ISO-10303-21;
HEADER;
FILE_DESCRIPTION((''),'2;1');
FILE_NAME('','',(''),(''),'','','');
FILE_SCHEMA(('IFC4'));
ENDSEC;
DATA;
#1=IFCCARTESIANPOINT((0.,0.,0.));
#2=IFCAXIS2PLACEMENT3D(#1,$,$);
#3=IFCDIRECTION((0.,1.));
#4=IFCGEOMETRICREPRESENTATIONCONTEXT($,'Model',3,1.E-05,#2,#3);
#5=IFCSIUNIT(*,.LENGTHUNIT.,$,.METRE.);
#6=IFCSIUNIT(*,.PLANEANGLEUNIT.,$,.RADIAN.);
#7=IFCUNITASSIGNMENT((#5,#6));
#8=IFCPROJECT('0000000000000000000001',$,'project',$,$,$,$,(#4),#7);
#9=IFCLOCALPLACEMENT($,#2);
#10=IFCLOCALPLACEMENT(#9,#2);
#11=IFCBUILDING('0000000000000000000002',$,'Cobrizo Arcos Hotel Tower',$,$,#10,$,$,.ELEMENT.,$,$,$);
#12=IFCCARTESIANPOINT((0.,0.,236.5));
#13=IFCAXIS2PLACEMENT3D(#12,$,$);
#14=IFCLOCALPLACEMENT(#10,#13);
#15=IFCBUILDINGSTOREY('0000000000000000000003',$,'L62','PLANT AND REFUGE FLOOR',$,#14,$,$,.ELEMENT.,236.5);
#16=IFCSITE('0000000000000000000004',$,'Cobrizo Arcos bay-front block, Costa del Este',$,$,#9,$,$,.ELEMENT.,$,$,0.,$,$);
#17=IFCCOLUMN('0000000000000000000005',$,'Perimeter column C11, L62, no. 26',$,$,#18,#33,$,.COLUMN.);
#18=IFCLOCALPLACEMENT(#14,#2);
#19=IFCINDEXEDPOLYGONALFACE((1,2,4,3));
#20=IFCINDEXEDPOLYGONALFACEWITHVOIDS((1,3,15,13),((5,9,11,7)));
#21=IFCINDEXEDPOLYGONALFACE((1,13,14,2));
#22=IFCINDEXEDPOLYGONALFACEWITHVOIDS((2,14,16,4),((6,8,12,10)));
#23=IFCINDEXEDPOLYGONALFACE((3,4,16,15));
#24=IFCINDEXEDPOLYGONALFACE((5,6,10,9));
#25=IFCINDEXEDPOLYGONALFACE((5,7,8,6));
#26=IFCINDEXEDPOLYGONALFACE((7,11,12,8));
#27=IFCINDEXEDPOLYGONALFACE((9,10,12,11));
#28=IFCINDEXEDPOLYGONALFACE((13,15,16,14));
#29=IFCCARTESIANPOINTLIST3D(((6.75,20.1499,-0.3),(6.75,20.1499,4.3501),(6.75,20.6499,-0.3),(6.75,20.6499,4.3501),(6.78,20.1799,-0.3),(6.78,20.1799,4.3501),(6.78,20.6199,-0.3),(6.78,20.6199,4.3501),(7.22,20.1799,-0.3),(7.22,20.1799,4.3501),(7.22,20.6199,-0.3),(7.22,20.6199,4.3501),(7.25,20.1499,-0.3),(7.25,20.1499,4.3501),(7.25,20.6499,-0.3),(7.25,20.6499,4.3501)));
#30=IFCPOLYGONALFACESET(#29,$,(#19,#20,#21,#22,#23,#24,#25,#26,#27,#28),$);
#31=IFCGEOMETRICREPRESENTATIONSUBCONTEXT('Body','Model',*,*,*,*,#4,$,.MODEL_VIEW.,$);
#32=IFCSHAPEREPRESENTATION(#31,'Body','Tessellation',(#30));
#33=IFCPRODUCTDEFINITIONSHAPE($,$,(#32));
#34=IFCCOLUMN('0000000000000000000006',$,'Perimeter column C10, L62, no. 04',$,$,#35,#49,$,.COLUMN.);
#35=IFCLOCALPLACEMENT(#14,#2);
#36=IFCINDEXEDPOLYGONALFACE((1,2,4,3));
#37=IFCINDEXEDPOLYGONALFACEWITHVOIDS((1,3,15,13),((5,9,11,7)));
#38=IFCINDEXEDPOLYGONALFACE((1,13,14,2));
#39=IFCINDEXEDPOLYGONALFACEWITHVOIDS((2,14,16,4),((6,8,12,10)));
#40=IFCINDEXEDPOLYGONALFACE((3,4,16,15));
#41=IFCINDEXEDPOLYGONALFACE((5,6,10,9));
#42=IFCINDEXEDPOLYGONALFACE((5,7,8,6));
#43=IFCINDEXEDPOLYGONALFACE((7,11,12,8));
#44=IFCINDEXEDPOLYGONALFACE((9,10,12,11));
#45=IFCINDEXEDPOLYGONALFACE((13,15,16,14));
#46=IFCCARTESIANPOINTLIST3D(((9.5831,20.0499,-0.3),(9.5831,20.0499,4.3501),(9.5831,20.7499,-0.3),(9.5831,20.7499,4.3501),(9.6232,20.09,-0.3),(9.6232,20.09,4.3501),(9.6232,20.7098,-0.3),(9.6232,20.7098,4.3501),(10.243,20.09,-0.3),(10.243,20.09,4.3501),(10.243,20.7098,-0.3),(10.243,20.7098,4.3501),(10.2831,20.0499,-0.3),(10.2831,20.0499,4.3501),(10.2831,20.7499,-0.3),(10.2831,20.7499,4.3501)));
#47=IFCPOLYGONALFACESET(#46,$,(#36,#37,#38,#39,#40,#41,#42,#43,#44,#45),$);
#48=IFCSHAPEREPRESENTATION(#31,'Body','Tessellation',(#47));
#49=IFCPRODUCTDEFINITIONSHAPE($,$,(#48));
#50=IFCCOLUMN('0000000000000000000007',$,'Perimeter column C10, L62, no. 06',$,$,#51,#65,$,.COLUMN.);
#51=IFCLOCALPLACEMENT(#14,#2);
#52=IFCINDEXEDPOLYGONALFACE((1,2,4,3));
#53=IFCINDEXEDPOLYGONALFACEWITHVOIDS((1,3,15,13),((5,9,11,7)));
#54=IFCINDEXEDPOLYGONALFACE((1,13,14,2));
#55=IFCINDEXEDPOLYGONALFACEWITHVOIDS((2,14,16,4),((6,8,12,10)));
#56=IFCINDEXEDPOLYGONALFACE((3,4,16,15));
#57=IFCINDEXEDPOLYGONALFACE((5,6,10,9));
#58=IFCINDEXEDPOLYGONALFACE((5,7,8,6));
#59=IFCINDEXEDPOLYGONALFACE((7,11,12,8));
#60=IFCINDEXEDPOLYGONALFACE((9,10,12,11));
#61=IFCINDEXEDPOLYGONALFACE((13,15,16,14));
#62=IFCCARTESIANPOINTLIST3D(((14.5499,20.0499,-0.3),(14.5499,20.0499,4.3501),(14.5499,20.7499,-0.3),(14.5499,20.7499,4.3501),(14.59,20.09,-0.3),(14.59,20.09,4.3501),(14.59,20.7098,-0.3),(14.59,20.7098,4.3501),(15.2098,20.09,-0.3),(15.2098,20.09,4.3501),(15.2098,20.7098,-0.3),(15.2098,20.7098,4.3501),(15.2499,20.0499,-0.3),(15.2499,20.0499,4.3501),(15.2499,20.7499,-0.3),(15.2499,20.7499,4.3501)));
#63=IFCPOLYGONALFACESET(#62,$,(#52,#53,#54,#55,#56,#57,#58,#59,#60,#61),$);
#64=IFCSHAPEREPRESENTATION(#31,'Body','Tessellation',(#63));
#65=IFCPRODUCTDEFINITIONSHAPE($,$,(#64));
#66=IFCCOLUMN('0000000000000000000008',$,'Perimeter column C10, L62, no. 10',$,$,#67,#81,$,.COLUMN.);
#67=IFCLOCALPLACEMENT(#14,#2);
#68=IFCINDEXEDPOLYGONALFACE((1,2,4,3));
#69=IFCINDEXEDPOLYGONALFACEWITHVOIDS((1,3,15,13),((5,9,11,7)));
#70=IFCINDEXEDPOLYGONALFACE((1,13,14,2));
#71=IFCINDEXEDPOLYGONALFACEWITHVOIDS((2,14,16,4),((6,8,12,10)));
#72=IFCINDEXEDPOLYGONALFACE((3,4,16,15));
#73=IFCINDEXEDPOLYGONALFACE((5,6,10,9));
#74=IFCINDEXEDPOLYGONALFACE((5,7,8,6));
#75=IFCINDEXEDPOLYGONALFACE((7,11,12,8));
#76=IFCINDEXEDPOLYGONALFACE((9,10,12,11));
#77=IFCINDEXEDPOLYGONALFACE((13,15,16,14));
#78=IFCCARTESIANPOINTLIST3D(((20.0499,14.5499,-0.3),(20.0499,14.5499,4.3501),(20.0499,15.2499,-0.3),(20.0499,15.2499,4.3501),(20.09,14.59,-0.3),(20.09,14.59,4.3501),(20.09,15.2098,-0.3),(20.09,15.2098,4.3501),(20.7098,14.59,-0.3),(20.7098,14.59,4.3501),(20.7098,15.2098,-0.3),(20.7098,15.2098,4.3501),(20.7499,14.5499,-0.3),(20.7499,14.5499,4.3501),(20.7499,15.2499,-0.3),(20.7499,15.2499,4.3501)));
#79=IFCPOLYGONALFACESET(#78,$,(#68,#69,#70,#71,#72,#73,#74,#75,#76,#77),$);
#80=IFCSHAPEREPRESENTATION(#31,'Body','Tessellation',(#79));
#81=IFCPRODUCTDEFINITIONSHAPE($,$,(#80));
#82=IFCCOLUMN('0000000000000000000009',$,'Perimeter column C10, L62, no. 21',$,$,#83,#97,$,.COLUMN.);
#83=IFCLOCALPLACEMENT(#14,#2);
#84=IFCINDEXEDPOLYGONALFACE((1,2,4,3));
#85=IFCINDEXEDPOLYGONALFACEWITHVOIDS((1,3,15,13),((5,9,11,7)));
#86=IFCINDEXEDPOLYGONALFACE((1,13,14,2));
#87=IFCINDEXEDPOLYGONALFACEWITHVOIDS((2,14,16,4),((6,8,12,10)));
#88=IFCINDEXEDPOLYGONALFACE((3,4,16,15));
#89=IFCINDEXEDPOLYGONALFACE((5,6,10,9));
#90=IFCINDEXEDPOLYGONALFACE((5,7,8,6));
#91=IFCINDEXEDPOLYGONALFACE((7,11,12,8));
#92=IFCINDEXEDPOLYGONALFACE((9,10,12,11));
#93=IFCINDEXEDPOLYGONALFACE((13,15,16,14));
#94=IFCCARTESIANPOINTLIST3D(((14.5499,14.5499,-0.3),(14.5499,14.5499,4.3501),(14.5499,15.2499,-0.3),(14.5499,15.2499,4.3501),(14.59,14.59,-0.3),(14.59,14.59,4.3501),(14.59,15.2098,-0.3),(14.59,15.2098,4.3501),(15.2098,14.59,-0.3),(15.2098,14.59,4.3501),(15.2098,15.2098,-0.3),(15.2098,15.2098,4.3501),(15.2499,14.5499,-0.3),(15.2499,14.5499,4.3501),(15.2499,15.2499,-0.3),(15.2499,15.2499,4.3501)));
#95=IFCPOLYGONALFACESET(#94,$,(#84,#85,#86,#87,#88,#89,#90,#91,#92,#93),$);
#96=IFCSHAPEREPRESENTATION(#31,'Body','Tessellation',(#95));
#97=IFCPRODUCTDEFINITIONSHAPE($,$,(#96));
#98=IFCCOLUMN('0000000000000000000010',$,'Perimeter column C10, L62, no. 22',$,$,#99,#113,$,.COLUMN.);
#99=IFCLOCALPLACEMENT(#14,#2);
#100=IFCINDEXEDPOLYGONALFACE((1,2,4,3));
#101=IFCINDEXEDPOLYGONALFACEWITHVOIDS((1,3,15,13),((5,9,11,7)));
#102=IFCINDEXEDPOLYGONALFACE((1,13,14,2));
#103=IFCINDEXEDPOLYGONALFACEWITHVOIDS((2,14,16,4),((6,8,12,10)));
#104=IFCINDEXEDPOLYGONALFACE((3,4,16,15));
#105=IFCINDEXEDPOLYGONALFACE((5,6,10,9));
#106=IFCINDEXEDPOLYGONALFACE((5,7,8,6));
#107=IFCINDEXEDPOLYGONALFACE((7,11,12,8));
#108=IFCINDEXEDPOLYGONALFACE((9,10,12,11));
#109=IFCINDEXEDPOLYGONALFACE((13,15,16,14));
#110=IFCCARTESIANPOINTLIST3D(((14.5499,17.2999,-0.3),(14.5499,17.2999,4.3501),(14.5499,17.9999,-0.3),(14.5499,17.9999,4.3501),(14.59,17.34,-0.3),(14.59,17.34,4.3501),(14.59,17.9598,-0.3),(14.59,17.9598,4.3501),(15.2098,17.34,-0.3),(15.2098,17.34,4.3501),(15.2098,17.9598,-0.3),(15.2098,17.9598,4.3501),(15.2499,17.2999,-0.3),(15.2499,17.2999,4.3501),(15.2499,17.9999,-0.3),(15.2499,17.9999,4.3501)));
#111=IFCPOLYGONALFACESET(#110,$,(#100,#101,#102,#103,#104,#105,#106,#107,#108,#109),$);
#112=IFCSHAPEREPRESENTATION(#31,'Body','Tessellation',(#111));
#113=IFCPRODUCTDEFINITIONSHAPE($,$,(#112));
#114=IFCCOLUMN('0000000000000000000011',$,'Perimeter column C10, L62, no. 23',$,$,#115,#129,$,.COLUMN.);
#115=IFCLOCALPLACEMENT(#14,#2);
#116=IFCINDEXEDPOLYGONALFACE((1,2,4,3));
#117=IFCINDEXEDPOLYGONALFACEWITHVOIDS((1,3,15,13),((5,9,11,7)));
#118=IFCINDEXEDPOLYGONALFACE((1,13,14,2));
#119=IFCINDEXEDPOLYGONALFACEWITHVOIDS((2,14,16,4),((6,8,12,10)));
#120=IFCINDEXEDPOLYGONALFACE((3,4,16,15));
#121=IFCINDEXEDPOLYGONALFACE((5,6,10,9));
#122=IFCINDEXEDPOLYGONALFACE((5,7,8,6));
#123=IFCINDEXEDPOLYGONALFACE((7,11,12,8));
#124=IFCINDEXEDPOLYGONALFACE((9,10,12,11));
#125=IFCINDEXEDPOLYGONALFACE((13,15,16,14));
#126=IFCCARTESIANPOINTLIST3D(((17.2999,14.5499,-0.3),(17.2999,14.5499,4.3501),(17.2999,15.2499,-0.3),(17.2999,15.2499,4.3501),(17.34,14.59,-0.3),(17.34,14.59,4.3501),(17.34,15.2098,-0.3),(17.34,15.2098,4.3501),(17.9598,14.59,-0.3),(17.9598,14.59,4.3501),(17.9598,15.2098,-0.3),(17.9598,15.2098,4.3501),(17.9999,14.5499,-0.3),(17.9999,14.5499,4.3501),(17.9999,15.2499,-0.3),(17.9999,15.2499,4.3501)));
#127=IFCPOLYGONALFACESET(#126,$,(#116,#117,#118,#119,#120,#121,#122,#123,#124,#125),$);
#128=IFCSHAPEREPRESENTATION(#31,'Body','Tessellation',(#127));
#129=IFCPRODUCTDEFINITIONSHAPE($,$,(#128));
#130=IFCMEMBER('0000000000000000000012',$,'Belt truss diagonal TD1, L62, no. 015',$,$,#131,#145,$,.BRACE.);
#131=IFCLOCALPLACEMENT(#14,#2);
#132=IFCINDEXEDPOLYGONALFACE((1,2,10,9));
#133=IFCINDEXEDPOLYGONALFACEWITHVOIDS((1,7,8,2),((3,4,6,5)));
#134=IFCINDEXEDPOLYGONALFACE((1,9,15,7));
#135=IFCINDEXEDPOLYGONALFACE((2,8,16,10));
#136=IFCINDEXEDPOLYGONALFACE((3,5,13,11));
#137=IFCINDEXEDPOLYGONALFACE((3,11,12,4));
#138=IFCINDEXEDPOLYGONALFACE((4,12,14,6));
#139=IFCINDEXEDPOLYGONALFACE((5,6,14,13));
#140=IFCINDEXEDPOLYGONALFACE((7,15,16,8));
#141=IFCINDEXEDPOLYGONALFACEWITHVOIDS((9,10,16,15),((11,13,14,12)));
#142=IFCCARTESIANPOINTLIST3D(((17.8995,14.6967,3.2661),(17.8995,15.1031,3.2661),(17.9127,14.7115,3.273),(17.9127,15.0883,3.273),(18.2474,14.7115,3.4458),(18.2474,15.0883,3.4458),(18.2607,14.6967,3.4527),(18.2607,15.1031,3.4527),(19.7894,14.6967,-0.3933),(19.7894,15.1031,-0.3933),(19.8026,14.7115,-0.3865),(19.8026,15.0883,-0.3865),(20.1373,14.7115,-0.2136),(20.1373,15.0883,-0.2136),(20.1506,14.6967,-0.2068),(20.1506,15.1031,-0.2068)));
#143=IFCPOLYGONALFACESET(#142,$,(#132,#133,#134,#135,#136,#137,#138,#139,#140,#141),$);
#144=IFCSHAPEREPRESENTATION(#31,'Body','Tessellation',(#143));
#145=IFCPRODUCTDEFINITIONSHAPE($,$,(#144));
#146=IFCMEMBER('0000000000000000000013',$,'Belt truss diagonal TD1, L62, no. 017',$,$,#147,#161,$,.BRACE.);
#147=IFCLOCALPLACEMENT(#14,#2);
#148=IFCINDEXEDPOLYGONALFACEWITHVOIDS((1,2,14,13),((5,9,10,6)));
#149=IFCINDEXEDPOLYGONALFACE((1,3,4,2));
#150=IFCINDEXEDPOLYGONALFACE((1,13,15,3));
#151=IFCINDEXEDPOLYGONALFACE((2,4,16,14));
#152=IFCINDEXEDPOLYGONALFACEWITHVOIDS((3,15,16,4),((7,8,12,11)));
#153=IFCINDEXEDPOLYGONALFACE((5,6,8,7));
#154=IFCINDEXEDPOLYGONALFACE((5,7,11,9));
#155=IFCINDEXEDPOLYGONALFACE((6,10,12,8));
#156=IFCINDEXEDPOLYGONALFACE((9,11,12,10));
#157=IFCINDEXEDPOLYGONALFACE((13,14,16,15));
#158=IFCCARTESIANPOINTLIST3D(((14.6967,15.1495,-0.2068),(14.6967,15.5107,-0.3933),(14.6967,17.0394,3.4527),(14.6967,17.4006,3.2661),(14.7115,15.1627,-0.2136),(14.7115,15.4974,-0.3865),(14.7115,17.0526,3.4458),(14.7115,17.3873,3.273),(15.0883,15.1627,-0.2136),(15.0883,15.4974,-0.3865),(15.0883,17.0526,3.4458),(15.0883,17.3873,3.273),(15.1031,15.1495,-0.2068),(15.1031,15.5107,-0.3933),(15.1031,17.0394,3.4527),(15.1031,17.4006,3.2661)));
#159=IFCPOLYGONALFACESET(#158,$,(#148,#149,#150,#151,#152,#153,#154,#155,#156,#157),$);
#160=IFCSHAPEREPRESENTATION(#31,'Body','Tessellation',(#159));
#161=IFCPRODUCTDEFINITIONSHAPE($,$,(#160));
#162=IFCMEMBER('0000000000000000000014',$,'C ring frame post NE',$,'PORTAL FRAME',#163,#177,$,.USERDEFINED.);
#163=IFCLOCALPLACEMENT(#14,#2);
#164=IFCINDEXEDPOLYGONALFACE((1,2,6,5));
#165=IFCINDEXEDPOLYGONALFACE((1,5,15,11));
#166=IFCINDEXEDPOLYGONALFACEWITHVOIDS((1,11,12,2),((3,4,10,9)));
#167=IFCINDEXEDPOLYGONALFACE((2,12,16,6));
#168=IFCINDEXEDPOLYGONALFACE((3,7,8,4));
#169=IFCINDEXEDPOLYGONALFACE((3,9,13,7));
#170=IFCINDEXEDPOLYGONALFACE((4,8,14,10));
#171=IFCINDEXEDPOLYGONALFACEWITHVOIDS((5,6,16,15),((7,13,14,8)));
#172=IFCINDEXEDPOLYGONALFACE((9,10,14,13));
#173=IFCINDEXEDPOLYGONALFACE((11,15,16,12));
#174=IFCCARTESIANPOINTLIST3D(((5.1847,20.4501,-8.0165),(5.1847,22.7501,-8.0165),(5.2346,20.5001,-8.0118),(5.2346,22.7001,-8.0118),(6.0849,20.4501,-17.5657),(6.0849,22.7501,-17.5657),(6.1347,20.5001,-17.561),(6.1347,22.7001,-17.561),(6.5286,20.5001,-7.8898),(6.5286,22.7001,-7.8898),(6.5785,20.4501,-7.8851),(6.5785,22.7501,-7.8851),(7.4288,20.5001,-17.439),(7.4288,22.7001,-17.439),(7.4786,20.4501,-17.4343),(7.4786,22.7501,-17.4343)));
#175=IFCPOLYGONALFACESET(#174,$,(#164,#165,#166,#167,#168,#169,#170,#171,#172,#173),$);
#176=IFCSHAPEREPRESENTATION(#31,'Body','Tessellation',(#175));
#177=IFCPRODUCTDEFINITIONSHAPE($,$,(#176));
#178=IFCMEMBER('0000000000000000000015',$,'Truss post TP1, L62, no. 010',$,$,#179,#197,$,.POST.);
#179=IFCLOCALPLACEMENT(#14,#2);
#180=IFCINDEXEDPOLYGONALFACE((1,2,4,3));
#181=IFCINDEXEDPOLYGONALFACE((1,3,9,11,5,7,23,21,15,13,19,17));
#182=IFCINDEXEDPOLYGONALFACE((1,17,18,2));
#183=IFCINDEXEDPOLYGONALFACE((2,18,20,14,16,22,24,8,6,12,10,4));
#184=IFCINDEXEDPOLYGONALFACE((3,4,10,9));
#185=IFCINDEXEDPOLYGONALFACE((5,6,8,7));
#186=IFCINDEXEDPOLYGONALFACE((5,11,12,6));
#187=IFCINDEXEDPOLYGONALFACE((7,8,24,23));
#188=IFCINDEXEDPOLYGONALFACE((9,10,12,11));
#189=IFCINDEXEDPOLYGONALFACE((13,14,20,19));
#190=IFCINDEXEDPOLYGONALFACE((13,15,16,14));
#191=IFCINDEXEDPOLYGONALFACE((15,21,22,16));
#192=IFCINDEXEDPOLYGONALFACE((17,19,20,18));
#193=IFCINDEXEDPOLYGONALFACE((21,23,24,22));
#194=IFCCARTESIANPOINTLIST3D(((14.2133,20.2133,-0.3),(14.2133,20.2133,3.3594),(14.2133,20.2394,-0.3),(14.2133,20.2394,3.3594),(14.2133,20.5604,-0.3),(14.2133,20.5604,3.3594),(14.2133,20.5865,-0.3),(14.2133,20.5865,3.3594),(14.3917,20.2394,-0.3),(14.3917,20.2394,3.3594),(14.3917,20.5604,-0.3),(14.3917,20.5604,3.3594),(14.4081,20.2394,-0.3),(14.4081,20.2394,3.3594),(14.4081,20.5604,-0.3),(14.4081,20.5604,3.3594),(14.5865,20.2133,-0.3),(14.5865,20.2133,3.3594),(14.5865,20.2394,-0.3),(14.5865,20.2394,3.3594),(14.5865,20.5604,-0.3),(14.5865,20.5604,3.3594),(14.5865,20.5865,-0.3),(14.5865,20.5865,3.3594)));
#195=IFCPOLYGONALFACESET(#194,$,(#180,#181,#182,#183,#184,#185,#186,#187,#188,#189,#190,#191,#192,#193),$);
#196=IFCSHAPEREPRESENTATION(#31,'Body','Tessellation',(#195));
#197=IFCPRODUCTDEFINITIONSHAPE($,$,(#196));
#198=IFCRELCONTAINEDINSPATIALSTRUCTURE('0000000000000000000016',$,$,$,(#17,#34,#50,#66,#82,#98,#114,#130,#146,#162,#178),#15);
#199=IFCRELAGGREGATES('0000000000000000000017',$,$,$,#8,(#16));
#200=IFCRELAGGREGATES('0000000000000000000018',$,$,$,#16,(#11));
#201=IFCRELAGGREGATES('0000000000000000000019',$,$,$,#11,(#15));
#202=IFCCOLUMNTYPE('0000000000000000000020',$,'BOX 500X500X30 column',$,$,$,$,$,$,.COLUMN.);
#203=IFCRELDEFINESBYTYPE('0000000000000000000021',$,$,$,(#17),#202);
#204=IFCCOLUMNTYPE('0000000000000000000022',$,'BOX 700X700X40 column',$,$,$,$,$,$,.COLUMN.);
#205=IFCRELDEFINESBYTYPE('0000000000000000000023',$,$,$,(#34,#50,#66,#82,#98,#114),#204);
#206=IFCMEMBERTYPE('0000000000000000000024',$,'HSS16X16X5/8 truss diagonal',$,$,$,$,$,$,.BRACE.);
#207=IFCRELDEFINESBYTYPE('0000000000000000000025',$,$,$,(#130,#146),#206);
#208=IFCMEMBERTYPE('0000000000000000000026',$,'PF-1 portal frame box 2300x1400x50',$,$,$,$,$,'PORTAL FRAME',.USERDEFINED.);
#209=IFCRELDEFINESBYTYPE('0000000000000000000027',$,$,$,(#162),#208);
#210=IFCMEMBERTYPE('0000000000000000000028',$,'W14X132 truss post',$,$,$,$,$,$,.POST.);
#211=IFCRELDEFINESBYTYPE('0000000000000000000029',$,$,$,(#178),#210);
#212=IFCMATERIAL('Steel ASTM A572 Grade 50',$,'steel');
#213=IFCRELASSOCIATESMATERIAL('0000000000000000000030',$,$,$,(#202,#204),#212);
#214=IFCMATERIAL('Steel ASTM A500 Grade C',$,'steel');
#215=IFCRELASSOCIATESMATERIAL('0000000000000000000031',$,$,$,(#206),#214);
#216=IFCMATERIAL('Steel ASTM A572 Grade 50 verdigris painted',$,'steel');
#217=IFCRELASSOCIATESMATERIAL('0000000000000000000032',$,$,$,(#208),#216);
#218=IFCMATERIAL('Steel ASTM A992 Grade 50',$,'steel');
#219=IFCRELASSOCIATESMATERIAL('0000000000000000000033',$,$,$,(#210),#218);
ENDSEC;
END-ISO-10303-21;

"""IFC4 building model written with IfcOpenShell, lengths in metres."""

from ifc_helpers import new_model, si_unit, direction, frame, origin, origin_2d, place, context, subcontext, project, spatial, hollow_rectangle, i_section, extrude, material, material_profile, profile_set, type_object, element, save


model = new_model("IFC4")

# Units and contexts
model_context = context("Model", 3, precision=1e-05, world=origin(), true_north=direction((0.0, 1.0)))
body_context = subcontext(model_context, "Body", "Model", "MODEL_VIEW")
ifc_project = project(units=[si_unit("LENGTHUNIT", "METRE"), si_unit("PLANEANGLEUNIT", "RADIAN")], contexts=[model_context])

# Site, building, storey
site_placement = place(None, origin())
site = spatial("IfcSite", under=ifc_project, at=site_placement, Name="Cobrizo Arcos bay-front block, Costa del Este", CompositionType="ELEMENT", RefElevation=0.0)
building_placement = place(site_placement, origin())
building = spatial("IfcBuilding", under=site, at=building_placement, Name="Cobrizo Arcos Hotel Tower", CompositionType="ELEMENT")
storey_placement = place(building_placement, frame((0.0, 0.0, 236.5)))
storey = spatial("IfcBuildingStorey", under=building, at=storey_placement, Name="L62", Description="PLANT AND REFUGE FLOOR", CompositionType="ELEMENT", Elevation=236.5)

# Columns
ifc_material_1 = material(Name="Steel ASTM A572 Grade 50", Category="steel")
ifc_material_profile_1 = material_profile(ifc_material_1, hollow_rectangle(XDim=0.5, YDim=0.5, WallThickness=0.03, at=origin_2d()), Name="BOX 500X500X30")
ifc_profile_set_1 = profile_set([ifc_material_profile_1], Name="Steel ASTM A572 Grade 50")
column_type_1 = type_object("IfcColumnType", Name="BOX 500X500X30 column", PredefinedType="COLUMN", material=ifc_profile_set_1)
column_placement = place(storey_placement, frame((7.0, 20.3999, -0.3), z_axis=(0.0, 0.0, 1.0), x_axis=(1.0, 0.0, 0.0)))
element("IfcColumn", 1, at=column_placement, inside=storey, type_object=column_type_1, Name="Perimeter column C11, L62, no. 26", PredefinedType="COLUMN", context=body_context, shape_type="SweptSolid", body=[
    extrude(hollow_rectangle(XDim=0.5, YDim=0.5, WallThickness=0.03, at=origin_2d()), origin(), (0.0, 0.0, 1.0), 4.6501),
])
ifc_material_profile_2 = material_profile(ifc_material_1, hollow_rectangle(XDim=0.7, YDim=0.7, WallThickness=0.04, at=origin_2d()), Name="BOX 700X700X40")
ifc_profile_set_2 = profile_set([ifc_material_profile_2], Name="Steel ASTM A572 Grade 50")
column_type_2 = type_object("IfcColumnType", Name="BOX 700X700X40 column", PredefinedType="COLUMN", material=ifc_profile_set_2)
for number, where, z_axis, x_axis, name in (
    (2, (9.9331, 20.3999, -0.3), (0.0, 0.0, 1.0), (1.0, 0.0, 0.0), "Perimeter column C10, L62, no. 04"),
    (3, (14.8999, 20.3999, -0.3), (0.0, 0.0, 1.0), (1.0, 0.0, 0.0), "Perimeter column C10, L62, no. 06"),
    (4, (20.3999, 14.8999, -0.3), (0.0, 0.0, 1.0), (1.0, 0.0, 0.0), "Perimeter column C10, L62, no. 10"),
    (5, (14.8999, 14.8999, -0.3), (0.0, 0.0, 1.0), (1.0, 0.0, 0.0), "Perimeter column C10, L62, no. 21"),
    (6, (14.8999, 17.6499, -0.3), (0.0, 0.0, 1.0), (1.0, 0.0, 0.0), "Perimeter column C10, L62, no. 22"),
    (7, (17.6499, 14.8999, -0.3), (0.0, 0.0, 1.0), (1.0, 0.0, 0.0), "Perimeter column C10, L62, no. 23"),
):
    element("IfcColumn", number, at=place(storey_placement, frame(where, z_axis=z_axis, x_axis=x_axis)), inside=storey, type_object=column_type_2, Name=name, PredefinedType="COLUMN", context=body_context, shape_type="SweptSolid", body=[
        extrude(hollow_rectangle(XDim=0.7, YDim=0.7, WallThickness=0.04, at=origin_2d()), origin(), (0.0, 0.0, 1.0), 4.6501),
    ])

# Members
ifc_material_2 = material(Name="Steel ASTM A500 Grade C", Category="steel")
ifc_material_profile_3 = material_profile(ifc_material_2, hollow_rectangle(XDim=0.4065, YDim=0.4065, WallThickness=0.0149, at=origin_2d()), Name="HSS16X16X5/8")
ifc_profile_set_3 = profile_set([ifc_material_profile_3], Name="Steel ASTM A500 Grade C")
member_type_1 = type_object("IfcMemberType", Name="HSS16X16X5/8 truss diagonal", PredefinedType="BRACE", material=ifc_profile_set_3)
for number, where, z_axis, x_axis, name in (
    (8, (19.97, 14.8999, -0.3), (-0.458865, 0.0, 0.888506), (0.0, -1.0, 0.0), "Belt truss diagonal TD1, L62, no. 015"),
    (9, (14.8999, 15.3301, -0.3), (0.0, 0.458865, 0.888506), (-1.0, 0.0, 0.0), "Belt truss diagonal TD1, L62, no. 017"),
):
    element("IfcMember", number, at=place(storey_placement, frame(where, z_axis=z_axis, x_axis=x_axis)), inside=storey, type_object=member_type_1, Name=name, PredefinedType="BRACE", context=body_context, shape_type="SweptSolid", body=[
        extrude(hollow_rectangle(XDim=0.4065, YDim=0.4065, WallThickness=0.0149, at=origin_2d()), origin(), (0.0, 0.0, 1.0), 4.1187),
    ])
ifc_material_3 = material(Name="Steel ASTM A572 Grade 50 verdigris painted", Category="steel")
ifc_material_profile_4 = material_profile(ifc_material_3, hollow_rectangle(XDim=2.3, YDim=1.3999, WallThickness=0.05, at=origin_2d()), Name="PF-1 portal frame box 2300x1400x50")
ifc_profile_set_4 = profile_set([ifc_material_profile_4], Name="Steel ASTM A572 Grade 50 verdigris painted")
member_type_2 = type_object("IfcMemberType", Name="PF-1 portal frame box 2300x1400x50", ElementType="PORTAL FRAME", PredefinedType="USERDEFINED", material=ifc_profile_set_4)
member_1_placement = place(storey_placement, frame((6.7817, 21.6001, -17.5), z_axis=(-0.093847, 0.0, 0.995587), x_axis=(0.0, -1.0, 0.0)))
element("IfcMember", 10, at=member_1_placement, inside=storey, type_object=member_type_2, Name="C ring frame post NE", ObjectType="PORTAL FRAME", PredefinedType="USERDEFINED", context=body_context, shape_type="SweptSolid", body=[
    extrude(hollow_rectangle(XDim=2.3, YDim=1.3999, WallThickness=0.05, at=origin_2d()), origin(), (0.0, 0.0, 1.0), 9.5916),
])
ifc_material_4 = material(Name="Steel ASTM A992 Grade 50", Category="steel")
ifc_material_profile_5 = material_profile(ifc_material_4, i_section(OverallWidth=0.3733, OverallDepth=0.3733, WebThickness=0.0164, FlangeThickness=0.0261, at=origin_2d()), Name="W14X132")
ifc_profile_set_5 = profile_set([ifc_material_profile_5], Name="Steel ASTM A992 Grade 50")
member_type_3 = type_object("IfcMemberType", Name="W14X132 truss post", PredefinedType="POST", material=ifc_profile_set_5)
for number, where, z_axis, x_axis, name in (
    (11, (14.3999, 20.3999, -0.3), (0.0, 0.0, 1.0), (1.0, 0.0, 0.0), "Truss post TP1, L62, no. 010"),
):
    element("IfcMember", number, at=place(storey_placement, frame(where, z_axis=z_axis, x_axis=x_axis)), inside=storey, type_object=member_type_3, Name=name, PredefinedType="POST", context=body_context, shape_type="SweptSolid", body=[
        extrude(i_section(OverallWidth=0.3733, OverallDepth=0.3733, WebThickness=0.0164, FlangeThickness=0.0261, at=origin_2d()), origin(), (0.0, 0.0, 1.0), 3.6594),
    ])

save(model, "model.ifc")
